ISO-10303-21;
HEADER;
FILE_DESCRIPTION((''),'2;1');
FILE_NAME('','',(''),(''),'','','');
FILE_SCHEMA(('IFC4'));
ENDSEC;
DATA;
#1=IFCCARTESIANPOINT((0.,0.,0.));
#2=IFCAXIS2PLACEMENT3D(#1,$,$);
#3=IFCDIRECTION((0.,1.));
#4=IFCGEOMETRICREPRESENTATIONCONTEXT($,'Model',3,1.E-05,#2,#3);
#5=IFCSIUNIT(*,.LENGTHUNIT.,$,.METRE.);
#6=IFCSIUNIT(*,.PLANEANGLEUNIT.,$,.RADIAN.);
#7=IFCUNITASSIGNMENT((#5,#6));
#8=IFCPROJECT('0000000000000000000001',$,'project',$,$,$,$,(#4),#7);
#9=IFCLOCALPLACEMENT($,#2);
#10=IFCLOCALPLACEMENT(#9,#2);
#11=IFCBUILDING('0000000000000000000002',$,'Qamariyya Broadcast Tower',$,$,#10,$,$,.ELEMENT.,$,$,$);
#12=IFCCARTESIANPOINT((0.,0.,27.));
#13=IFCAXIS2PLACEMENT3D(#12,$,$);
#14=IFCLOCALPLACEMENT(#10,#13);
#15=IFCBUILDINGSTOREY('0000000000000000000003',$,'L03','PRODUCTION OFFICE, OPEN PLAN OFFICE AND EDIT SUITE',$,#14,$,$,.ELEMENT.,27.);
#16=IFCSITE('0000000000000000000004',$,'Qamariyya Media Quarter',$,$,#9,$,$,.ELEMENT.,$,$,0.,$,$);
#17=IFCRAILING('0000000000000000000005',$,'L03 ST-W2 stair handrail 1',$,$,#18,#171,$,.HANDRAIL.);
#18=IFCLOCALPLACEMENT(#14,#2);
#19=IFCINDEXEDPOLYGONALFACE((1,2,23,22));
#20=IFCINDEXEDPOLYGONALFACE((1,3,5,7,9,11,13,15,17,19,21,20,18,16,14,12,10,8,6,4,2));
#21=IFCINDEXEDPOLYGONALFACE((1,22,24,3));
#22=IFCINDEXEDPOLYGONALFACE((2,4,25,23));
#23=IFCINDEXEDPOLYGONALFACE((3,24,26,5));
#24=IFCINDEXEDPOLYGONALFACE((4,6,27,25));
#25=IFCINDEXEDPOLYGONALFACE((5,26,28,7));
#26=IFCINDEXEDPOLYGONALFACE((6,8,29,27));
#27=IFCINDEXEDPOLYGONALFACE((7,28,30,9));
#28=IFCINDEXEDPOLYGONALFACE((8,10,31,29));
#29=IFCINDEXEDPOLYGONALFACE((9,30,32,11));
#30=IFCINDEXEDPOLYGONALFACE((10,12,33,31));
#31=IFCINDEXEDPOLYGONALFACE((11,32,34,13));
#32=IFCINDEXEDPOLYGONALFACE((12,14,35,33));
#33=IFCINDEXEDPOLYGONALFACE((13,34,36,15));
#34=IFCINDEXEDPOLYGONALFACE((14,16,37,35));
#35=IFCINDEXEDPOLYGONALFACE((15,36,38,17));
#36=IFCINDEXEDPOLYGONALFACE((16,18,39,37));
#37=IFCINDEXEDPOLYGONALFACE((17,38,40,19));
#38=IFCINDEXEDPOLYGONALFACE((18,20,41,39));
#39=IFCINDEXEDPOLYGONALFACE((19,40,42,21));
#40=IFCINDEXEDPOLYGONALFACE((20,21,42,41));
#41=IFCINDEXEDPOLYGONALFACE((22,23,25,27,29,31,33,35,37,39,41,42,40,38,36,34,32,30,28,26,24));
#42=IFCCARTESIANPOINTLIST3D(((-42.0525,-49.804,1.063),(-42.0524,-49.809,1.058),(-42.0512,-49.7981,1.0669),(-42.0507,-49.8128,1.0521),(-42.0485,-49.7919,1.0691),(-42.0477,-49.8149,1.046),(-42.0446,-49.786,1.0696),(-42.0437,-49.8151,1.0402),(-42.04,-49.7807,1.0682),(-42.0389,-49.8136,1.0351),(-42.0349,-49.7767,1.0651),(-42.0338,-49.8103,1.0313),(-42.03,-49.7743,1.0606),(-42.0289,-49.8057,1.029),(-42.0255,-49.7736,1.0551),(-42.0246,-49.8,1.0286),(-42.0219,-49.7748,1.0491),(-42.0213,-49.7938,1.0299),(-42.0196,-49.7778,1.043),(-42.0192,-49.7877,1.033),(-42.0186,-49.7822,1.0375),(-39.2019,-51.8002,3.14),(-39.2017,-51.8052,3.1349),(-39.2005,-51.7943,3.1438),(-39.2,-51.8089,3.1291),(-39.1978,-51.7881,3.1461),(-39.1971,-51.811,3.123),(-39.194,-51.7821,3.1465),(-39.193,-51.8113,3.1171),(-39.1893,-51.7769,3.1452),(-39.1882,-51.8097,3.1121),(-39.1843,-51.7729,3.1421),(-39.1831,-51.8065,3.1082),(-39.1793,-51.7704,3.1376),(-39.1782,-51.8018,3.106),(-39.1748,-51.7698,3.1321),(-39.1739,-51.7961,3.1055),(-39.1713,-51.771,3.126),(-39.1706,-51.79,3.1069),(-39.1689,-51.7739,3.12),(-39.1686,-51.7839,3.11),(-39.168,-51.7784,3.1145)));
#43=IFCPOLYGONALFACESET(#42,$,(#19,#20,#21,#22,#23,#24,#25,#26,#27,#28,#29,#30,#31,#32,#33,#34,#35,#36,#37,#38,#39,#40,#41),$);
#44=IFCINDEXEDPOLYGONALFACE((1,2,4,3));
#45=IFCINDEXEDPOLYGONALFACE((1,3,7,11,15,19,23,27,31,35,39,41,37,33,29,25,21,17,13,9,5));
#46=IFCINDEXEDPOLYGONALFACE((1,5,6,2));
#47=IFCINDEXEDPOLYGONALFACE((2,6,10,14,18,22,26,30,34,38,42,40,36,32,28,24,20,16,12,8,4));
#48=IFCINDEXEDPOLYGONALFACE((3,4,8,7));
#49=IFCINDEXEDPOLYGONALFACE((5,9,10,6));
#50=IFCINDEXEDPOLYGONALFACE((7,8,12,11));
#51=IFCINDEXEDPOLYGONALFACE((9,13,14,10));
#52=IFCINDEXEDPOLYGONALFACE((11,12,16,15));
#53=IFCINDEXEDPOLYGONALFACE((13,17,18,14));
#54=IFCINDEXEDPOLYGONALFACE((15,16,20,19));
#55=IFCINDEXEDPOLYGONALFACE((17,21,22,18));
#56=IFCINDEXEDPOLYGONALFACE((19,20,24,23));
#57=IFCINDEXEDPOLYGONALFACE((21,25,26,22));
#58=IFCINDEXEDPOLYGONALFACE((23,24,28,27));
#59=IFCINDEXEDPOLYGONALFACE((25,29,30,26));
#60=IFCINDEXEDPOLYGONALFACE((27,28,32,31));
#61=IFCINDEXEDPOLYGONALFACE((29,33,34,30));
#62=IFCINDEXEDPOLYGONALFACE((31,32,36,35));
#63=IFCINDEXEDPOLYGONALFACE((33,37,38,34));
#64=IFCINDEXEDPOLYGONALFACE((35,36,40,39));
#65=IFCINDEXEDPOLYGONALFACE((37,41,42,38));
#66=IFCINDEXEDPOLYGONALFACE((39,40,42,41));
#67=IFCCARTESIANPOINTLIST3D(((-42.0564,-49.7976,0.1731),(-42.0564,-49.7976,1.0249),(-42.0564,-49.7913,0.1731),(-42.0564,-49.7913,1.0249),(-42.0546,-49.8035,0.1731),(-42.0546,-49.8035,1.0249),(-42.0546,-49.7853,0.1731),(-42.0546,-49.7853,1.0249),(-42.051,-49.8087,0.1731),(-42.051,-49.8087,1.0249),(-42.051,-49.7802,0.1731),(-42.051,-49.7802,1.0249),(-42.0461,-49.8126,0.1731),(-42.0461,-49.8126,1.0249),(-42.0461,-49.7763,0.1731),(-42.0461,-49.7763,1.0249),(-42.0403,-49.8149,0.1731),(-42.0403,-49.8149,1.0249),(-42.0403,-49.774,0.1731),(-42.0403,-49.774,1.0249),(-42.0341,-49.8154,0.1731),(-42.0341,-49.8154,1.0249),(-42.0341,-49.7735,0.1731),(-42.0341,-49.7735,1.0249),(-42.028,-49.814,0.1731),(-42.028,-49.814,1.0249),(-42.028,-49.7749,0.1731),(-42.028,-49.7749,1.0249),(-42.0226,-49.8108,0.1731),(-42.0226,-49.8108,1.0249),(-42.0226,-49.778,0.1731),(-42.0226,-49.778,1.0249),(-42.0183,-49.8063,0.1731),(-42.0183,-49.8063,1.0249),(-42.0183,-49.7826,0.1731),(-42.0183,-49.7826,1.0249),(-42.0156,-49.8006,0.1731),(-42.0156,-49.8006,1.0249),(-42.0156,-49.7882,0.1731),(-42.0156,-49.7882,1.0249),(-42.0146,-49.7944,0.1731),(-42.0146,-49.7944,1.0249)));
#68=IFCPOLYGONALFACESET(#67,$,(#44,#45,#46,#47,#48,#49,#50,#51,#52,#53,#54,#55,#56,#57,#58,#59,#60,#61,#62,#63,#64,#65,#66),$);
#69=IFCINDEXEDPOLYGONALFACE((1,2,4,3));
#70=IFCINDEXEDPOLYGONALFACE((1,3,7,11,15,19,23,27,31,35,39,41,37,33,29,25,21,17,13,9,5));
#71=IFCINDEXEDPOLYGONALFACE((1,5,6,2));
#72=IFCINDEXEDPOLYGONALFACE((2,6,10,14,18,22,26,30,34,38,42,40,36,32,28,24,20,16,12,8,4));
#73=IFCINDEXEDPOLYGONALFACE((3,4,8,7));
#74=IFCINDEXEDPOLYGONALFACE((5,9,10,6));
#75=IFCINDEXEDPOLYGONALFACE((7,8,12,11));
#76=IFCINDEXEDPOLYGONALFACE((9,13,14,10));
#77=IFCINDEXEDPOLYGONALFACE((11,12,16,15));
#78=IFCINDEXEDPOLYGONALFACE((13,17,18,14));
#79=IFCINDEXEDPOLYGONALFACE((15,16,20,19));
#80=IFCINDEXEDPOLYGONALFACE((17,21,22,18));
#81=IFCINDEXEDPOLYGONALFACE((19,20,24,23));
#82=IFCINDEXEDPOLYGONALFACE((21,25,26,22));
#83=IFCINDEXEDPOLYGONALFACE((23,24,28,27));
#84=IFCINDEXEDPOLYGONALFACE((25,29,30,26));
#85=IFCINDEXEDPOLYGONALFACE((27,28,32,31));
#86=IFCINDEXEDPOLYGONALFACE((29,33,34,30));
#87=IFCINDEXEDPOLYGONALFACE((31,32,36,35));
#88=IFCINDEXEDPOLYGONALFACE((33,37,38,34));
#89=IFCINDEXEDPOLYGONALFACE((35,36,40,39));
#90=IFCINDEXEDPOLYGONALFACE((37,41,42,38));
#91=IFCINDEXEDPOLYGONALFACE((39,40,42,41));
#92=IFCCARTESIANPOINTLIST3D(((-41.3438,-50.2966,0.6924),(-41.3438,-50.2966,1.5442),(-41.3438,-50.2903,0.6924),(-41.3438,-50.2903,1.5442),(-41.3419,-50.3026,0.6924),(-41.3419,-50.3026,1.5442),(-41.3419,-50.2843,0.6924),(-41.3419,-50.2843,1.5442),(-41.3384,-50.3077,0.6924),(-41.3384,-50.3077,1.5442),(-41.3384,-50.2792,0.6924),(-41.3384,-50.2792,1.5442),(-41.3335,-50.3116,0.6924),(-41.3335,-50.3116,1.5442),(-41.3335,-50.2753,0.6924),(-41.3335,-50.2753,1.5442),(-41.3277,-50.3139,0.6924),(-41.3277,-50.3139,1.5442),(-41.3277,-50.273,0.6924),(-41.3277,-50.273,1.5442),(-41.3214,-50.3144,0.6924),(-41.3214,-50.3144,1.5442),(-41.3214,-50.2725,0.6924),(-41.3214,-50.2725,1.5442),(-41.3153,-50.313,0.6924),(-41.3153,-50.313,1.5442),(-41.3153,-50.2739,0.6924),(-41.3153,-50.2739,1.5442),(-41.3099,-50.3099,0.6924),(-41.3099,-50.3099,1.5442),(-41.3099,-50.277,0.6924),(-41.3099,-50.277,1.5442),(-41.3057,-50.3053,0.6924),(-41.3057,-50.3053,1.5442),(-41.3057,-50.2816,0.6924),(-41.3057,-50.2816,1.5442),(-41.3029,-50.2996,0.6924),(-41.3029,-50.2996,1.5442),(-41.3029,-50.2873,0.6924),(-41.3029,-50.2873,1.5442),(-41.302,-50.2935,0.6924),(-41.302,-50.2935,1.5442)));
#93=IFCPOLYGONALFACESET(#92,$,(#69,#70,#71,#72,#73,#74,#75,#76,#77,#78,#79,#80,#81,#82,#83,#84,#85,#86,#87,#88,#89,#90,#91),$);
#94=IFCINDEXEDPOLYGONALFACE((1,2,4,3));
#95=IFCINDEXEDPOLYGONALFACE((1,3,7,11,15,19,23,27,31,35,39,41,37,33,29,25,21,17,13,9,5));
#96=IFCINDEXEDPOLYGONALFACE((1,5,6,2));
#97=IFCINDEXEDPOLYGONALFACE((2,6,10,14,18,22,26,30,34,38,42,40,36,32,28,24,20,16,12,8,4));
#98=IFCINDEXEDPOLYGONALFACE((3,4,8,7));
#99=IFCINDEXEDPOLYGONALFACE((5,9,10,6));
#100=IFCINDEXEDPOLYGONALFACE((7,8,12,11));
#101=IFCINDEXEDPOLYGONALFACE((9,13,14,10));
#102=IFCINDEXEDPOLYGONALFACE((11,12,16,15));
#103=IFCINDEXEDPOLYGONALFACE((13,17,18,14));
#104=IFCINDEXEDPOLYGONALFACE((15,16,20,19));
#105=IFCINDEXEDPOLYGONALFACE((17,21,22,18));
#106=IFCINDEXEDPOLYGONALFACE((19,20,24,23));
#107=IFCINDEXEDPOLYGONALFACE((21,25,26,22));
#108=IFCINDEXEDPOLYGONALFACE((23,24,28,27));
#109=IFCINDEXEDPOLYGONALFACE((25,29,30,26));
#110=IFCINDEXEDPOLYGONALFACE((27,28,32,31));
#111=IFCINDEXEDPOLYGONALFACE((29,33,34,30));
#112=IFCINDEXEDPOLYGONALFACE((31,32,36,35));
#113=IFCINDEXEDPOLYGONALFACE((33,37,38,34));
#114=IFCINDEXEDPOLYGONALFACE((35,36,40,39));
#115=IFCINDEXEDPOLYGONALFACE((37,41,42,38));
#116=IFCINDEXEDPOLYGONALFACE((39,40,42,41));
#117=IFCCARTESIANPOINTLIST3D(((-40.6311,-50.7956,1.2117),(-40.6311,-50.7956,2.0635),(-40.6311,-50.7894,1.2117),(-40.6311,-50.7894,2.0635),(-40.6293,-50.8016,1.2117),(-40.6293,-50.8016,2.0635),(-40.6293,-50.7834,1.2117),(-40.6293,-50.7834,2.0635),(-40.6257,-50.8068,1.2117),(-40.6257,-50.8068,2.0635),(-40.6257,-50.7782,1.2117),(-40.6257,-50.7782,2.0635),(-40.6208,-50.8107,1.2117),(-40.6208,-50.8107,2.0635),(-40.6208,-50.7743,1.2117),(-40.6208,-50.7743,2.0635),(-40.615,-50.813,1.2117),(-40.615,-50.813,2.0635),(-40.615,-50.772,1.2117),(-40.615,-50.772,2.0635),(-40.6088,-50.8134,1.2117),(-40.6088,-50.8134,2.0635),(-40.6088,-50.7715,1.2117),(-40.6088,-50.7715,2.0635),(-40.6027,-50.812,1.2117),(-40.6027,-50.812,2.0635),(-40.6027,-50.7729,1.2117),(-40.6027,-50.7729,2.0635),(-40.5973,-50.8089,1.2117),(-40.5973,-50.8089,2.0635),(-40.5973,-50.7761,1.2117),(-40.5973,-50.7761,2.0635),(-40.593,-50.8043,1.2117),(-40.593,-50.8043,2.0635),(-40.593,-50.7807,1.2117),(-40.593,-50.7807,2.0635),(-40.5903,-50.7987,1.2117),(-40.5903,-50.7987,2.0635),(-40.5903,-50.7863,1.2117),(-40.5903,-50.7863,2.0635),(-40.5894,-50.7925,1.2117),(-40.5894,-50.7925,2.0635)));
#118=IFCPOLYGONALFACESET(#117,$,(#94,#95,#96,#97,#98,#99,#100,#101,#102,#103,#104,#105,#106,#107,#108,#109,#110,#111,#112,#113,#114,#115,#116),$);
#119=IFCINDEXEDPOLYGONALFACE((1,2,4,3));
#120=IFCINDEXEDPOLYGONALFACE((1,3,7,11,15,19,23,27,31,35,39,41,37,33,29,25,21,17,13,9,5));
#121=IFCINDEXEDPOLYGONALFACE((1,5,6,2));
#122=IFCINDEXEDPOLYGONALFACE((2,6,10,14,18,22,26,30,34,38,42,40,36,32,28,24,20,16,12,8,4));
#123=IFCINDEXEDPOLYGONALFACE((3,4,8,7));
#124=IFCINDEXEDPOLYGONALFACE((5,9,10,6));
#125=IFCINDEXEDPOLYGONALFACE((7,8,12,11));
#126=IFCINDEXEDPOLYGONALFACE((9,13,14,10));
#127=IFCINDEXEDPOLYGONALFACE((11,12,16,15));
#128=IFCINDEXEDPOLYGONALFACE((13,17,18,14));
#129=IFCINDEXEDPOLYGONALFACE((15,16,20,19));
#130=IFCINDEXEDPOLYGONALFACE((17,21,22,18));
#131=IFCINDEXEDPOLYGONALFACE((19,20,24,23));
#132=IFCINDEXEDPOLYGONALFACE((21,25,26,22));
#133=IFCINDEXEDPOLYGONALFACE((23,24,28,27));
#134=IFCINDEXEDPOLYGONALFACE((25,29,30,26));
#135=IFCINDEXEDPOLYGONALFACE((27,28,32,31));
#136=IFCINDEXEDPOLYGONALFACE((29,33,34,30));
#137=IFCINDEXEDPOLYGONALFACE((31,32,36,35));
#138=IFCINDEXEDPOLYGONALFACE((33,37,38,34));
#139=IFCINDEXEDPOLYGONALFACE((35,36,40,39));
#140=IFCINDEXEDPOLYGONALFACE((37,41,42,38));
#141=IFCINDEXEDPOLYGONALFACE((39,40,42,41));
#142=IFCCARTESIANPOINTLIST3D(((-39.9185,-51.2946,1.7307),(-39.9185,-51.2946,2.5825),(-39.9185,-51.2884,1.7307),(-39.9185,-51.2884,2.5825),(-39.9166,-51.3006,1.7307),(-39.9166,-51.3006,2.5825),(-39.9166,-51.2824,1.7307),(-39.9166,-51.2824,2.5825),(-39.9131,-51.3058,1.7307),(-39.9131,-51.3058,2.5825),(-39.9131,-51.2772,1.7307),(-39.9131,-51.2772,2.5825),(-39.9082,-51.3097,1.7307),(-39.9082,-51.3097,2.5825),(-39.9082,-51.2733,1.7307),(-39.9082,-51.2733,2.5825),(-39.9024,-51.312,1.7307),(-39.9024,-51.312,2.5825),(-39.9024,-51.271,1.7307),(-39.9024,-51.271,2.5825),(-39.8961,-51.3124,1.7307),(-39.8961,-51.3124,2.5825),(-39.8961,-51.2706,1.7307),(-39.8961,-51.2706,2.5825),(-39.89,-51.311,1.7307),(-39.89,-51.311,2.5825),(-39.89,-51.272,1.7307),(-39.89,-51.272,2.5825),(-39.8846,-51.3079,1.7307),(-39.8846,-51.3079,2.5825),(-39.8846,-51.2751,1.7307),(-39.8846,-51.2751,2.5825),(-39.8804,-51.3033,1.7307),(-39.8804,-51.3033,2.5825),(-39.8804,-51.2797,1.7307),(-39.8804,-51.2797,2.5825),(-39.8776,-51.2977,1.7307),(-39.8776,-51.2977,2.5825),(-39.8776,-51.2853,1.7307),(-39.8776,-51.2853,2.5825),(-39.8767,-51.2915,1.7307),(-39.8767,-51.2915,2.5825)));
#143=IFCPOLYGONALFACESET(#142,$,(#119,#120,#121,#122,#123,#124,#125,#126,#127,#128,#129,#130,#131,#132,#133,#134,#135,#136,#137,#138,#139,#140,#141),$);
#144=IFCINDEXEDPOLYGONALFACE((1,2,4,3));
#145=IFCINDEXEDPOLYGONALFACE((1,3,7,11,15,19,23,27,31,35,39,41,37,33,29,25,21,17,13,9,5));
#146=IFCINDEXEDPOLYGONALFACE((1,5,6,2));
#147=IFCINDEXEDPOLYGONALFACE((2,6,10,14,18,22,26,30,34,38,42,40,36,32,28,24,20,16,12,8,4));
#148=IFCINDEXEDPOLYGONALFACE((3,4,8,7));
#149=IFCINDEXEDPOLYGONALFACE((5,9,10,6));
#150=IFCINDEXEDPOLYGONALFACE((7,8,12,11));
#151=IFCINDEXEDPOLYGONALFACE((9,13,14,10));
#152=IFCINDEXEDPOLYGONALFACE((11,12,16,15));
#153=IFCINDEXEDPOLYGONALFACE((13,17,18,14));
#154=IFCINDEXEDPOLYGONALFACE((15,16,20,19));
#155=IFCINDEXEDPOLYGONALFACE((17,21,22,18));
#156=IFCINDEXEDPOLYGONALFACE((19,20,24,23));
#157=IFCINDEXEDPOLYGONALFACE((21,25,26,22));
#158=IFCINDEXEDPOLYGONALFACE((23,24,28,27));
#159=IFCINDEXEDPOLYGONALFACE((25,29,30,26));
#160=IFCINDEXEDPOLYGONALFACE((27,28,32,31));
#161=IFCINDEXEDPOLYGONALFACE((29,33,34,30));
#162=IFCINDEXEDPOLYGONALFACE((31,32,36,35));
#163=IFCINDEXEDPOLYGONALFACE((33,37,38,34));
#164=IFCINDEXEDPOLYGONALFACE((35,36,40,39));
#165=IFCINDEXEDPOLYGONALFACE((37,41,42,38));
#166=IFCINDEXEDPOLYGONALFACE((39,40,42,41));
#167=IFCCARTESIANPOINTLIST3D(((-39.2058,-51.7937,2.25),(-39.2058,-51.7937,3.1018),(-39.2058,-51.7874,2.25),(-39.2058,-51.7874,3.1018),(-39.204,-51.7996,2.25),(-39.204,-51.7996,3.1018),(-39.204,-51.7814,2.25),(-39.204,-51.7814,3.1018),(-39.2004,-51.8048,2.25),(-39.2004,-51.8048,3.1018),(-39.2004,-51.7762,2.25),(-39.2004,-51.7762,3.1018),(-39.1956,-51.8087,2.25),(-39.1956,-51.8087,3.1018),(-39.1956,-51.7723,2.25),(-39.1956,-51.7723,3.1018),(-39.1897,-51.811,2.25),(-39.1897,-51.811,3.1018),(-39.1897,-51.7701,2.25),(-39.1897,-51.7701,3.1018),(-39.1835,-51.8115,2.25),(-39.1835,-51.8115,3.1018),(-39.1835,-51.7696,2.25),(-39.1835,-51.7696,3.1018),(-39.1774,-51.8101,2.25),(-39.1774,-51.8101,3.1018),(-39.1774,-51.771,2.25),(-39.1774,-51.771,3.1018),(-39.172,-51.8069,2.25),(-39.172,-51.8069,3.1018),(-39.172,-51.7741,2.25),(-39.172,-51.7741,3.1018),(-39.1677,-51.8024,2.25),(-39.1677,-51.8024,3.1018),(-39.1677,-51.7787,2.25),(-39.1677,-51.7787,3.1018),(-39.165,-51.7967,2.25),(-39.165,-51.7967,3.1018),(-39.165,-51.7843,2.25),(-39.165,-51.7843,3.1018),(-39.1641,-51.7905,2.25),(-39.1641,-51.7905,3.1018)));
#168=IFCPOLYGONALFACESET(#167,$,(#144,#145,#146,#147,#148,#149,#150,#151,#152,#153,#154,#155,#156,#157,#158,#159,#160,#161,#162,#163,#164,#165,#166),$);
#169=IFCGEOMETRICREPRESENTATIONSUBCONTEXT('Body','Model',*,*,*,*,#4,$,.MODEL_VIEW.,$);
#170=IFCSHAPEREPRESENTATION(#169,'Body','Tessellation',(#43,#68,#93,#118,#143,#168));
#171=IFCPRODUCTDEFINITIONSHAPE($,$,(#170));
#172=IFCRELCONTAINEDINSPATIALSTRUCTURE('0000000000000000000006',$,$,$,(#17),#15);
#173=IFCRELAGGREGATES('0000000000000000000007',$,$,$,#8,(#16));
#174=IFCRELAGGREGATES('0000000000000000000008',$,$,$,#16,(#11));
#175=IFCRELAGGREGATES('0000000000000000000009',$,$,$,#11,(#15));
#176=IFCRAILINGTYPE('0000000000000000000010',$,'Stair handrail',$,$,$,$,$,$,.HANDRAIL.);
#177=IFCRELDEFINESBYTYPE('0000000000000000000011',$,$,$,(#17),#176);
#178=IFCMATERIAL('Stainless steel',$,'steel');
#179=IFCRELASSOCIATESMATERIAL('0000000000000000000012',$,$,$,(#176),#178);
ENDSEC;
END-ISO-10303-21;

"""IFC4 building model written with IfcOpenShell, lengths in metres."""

from ifc_helpers import new_model, si_unit, direction, frame, origin, origin_2d, place, context, subcontext, project, spatial, circle, extrude, material, type_object, element, save


model = new_model("IFC4")

# Units and contexts
model_context = context("Model", 3, precision=1e-05, world=origin(), true_north=direction((0.0, 1.0)))
body_context = subcontext(model_context, "Body", "Model", "MODEL_VIEW")
ifc_project = project(units=[si_unit("LENGTHUNIT", "METRE"), si_unit("PLANEANGLEUNIT", "RADIAN")], contexts=[model_context])

# Site, building, storey
site_placement = place(None, origin())
site = spatial("IfcSite", under=ifc_project, at=site_placement, Name="Qamariyya Media Quarter", CompositionType="ELEMENT", RefElevation=0.0)
building_placement = place(site_placement, origin())
building = spatial("IfcBuilding", under=site, at=building_placement, Name="Qamariyya Broadcast Tower", CompositionType="ELEMENT")
storey_placement = place(building_placement, frame((0.0, 0.0, 27.0)))
storey = spatial("IfcBuildingStorey", under=building, at=storey_placement, Name="L03", Description="PRODUCTION OFFICE, OPEN PLAN OFFICE AND EDIT SUITE", CompositionType="ELEMENT", Elevation=27.0)

# Railing
ifc_material_1 = material(Name="Stainless steel", Category="steel")
railing_type_1 = type_object("IfcRailingType", Name="Stair handrail", PredefinedType="HANDRAIL", material=ifc_material_1)
railing_1_placement = place(storey_placement, frame((-42.0356, -49.7944, 0.1731)))
element("IfcRailing", 1, at=railing_1_placement, inside=storey, type_object=railing_type_1, Name="L03 ST-W2 stair handrail 1", PredefinedType="HANDRAIL", context=body_context, shape_type="SweptSolid", body=[
    extrude(circle(Radius=0.0239, at=origin_2d()), frame((0.0, 0.0, 0.876), z_axis=(0.703393, -0.492544, 0.512484), x_axis=(0.573594, 0.81914, 0.0)), (0.0, 0.0, 1.0), 4.0527),
    extrude(circle(Radius=0.021, at=origin_2d()), origin(), (0.0, 0.0, 1.0), 0.8518),
    extrude(circle(Radius=0.021, at=origin_2d()), frame((0.7126, -0.499, 0.5193)), (0.0, 0.0, 1.0), 0.8518),
    extrude(circle(Radius=0.021, at=origin_2d()), frame((1.4253, -0.998, 1.0386)), (0.0, 0.0, 1.0), 0.8518),
    extrude(circle(Radius=0.021, at=origin_2d()), frame((2.1379, -1.4971, 1.5576)), (0.0, 0.0, 1.0), 0.8518),
    extrude(circle(Radius=0.021, at=origin_2d()), frame((2.8506, -1.9961, 2.0769)), (0.0, 0.0, 1.0), 0.8518),
])

save(model, "model.ifc")
